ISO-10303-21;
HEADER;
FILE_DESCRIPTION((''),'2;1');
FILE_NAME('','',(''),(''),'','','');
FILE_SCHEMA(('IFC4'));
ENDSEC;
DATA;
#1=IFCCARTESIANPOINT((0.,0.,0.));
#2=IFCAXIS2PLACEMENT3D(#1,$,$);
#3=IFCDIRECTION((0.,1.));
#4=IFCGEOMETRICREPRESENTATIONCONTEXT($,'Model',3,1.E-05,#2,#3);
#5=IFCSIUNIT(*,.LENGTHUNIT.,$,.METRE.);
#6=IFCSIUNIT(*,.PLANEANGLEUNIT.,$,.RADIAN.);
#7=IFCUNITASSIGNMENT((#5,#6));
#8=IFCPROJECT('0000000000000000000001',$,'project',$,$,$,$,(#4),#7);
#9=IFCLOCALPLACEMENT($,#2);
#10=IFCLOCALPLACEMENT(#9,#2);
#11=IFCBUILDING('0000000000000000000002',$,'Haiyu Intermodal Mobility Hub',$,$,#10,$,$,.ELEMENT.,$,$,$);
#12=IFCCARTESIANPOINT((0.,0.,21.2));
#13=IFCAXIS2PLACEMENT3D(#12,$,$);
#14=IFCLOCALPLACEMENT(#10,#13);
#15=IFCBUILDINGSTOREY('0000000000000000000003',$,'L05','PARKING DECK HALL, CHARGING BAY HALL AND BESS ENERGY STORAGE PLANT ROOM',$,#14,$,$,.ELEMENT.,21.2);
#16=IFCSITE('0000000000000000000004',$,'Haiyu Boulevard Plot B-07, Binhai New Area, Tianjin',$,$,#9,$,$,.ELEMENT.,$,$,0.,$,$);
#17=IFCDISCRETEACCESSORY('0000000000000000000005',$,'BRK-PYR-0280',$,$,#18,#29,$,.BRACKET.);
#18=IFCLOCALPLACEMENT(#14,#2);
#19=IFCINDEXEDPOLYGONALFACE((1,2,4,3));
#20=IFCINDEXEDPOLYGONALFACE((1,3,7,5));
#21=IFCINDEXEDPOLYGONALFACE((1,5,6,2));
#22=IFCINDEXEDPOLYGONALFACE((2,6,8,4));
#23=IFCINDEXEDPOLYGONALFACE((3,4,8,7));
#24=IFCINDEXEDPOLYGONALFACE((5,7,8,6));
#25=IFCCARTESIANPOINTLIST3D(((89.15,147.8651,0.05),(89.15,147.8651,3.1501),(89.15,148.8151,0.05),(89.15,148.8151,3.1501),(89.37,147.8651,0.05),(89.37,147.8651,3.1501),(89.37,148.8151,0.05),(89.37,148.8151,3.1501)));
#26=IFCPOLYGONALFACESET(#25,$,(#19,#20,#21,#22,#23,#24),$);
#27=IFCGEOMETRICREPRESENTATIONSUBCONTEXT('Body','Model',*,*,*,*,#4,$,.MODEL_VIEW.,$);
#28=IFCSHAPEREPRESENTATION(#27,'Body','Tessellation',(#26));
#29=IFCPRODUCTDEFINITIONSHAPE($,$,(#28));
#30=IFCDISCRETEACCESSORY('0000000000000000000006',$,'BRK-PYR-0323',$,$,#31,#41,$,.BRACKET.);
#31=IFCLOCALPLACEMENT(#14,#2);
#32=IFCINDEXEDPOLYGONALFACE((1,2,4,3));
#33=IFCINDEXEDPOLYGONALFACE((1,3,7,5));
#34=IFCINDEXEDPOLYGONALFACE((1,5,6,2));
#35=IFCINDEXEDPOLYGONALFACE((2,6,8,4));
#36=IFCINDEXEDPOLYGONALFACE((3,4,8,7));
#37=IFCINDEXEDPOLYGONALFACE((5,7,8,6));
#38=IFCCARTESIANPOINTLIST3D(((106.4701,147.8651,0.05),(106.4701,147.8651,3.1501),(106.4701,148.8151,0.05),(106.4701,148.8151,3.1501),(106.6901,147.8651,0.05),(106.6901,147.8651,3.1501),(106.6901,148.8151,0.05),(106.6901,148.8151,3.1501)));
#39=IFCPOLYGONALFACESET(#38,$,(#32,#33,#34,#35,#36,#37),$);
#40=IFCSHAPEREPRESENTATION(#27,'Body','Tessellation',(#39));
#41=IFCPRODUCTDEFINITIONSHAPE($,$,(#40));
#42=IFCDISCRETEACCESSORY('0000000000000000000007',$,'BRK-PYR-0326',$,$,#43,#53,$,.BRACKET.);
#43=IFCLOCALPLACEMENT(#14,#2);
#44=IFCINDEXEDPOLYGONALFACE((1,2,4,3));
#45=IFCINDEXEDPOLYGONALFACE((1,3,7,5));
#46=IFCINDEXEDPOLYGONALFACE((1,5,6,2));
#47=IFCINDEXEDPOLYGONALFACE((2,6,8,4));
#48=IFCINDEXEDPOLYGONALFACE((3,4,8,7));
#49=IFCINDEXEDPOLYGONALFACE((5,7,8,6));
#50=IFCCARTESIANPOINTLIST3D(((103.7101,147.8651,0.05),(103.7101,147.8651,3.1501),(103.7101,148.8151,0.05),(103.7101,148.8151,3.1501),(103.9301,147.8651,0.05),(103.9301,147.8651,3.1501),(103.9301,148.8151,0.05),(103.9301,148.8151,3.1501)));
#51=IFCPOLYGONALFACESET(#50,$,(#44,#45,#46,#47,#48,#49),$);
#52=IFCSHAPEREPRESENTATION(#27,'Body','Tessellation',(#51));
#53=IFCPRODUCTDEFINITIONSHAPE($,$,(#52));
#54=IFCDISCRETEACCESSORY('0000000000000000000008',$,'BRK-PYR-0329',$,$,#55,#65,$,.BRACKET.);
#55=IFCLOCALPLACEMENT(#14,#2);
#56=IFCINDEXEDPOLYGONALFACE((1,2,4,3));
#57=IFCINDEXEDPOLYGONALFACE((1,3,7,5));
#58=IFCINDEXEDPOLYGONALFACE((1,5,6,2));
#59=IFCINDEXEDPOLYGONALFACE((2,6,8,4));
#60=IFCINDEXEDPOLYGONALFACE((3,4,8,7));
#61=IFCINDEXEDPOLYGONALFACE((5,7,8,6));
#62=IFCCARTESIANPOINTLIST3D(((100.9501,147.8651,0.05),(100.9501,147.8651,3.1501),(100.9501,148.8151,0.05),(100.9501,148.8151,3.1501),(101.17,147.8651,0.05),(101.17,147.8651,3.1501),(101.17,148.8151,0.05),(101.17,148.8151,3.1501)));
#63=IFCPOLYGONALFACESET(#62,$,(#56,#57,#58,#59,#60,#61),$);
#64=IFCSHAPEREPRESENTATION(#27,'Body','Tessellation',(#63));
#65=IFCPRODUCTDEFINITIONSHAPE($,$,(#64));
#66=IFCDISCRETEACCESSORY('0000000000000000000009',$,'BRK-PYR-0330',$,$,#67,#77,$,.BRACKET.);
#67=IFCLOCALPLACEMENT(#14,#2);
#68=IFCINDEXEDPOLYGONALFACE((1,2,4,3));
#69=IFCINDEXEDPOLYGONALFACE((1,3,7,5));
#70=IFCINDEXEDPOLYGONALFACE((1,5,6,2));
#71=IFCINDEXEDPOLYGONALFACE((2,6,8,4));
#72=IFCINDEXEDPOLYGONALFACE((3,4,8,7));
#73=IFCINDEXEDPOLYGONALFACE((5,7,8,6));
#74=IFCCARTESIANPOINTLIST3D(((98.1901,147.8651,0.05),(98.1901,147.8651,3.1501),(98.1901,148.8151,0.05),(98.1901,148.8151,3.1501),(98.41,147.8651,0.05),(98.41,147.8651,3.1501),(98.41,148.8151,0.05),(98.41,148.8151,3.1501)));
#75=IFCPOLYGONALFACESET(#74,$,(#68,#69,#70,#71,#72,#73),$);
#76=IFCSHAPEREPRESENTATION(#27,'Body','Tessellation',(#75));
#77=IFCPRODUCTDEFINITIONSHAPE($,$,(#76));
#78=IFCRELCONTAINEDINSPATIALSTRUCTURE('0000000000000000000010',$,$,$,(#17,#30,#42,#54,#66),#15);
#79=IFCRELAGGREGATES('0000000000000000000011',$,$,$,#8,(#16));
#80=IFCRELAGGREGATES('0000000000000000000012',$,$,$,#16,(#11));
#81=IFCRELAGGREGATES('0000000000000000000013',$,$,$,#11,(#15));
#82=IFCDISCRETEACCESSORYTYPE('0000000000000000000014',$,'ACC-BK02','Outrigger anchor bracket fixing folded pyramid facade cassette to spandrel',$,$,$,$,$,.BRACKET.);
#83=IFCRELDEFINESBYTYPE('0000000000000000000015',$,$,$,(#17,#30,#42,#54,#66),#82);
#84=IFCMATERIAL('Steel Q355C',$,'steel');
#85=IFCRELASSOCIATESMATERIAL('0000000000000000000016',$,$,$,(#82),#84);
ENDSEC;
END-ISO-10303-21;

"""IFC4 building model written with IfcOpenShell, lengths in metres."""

from ifc_helpers import new_model, si_unit, direction, frame, origin, origin_2d, place, context, subcontext, project, spatial, rectangle, extrude, material, type_object, element, save


model = new_model("IFC4")

# Units and contexts
model_context = context("Model", 3, precision=1e-05, world=origin(), true_north=direction((0.0, 1.0)))
body_context = subcontext(model_context, "Body", "Model", "MODEL_VIEW")
ifc_project = project(units=[si_unit("LENGTHUNIT", "METRE"), si_unit("PLANEANGLEUNIT", "RADIAN")], contexts=[model_context])

# Site, building, storey
site_placement = place(None, origin())
site = spatial("IfcSite", under=ifc_project, at=site_placement, Name="Haiyu Boulevard Plot B-07, Binhai New Area, Tianjin", CompositionType="ELEMENT", RefElevation=0.0)
building_placement = place(site_placement, origin())
building = spatial("IfcBuilding", under=site, at=building_placement, Name="Haiyu Intermodal Mobility Hub", CompositionType="ELEMENT")
storey_placement = place(building_placement, frame((0.0, 0.0, 21.2)))
storey = spatial("IfcBuildingStorey", under=building, at=storey_placement, Name="L05", Description="PARKING DECK HALL, CHARGING BAY HALL AND BESS ENERGY STORAGE PLANT ROOM", CompositionType="ELEMENT", Elevation=21.2)

# Shared definitions
ifc_material_1 = material(Name="Steel Q355C", Category="steel")

# Discrete accessories
discrete_accessory_type = type_object("IfcDiscreteAccessoryType", Name="ACC-BK02", Description="Outrigger anchor bracket fixing folded pyramid facade cassette to spandrel", PredefinedType="BRACKET", material=ifc_material_1)
for number, where, z_axis, x_axis, name in (
    (1, (89.26, 148.3401, 0.05), (0.0, 0.0, 1.0), (1.0, 0.0, 0.0), "BRK-PYR-0280"),
    (2, (106.5801, 148.3401, 0.05), (0.0, 0.0, 1.0), (1.0, 0.0, 0.0), "BRK-PYR-0323"),
    (3, (103.8201, 148.3401, 0.05), (0.0, 0.0, 1.0), (1.0, 0.0, 0.0), "BRK-PYR-0326"),
    (4, (101.0601, 148.3401, 0.05), (0.0, 0.0, 1.0), (1.0, 0.0, 0.0), "BRK-PYR-0329"),
    (5, (98.3, 148.3401, 0.05), (0.0, 0.0, 1.0), (1.0, 0.0, 0.0), "BRK-PYR-0330"),
):
    element("IfcDiscreteAccessory", number, at=place(storey_placement, frame(where, z_axis=z_axis, x_axis=x_axis)), inside=storey, type_object=discrete_accessory_type, Name=name, PredefinedType="BRACKET", context=body_context, shape_type="SweptSolid", body=[
        extrude(rectangle(XDim=0.22, YDim=0.95, at=origin_2d()), origin(), (0.0, 0.0, 1.0), 3.1001),
    ])

save(model, "model.ifc")
